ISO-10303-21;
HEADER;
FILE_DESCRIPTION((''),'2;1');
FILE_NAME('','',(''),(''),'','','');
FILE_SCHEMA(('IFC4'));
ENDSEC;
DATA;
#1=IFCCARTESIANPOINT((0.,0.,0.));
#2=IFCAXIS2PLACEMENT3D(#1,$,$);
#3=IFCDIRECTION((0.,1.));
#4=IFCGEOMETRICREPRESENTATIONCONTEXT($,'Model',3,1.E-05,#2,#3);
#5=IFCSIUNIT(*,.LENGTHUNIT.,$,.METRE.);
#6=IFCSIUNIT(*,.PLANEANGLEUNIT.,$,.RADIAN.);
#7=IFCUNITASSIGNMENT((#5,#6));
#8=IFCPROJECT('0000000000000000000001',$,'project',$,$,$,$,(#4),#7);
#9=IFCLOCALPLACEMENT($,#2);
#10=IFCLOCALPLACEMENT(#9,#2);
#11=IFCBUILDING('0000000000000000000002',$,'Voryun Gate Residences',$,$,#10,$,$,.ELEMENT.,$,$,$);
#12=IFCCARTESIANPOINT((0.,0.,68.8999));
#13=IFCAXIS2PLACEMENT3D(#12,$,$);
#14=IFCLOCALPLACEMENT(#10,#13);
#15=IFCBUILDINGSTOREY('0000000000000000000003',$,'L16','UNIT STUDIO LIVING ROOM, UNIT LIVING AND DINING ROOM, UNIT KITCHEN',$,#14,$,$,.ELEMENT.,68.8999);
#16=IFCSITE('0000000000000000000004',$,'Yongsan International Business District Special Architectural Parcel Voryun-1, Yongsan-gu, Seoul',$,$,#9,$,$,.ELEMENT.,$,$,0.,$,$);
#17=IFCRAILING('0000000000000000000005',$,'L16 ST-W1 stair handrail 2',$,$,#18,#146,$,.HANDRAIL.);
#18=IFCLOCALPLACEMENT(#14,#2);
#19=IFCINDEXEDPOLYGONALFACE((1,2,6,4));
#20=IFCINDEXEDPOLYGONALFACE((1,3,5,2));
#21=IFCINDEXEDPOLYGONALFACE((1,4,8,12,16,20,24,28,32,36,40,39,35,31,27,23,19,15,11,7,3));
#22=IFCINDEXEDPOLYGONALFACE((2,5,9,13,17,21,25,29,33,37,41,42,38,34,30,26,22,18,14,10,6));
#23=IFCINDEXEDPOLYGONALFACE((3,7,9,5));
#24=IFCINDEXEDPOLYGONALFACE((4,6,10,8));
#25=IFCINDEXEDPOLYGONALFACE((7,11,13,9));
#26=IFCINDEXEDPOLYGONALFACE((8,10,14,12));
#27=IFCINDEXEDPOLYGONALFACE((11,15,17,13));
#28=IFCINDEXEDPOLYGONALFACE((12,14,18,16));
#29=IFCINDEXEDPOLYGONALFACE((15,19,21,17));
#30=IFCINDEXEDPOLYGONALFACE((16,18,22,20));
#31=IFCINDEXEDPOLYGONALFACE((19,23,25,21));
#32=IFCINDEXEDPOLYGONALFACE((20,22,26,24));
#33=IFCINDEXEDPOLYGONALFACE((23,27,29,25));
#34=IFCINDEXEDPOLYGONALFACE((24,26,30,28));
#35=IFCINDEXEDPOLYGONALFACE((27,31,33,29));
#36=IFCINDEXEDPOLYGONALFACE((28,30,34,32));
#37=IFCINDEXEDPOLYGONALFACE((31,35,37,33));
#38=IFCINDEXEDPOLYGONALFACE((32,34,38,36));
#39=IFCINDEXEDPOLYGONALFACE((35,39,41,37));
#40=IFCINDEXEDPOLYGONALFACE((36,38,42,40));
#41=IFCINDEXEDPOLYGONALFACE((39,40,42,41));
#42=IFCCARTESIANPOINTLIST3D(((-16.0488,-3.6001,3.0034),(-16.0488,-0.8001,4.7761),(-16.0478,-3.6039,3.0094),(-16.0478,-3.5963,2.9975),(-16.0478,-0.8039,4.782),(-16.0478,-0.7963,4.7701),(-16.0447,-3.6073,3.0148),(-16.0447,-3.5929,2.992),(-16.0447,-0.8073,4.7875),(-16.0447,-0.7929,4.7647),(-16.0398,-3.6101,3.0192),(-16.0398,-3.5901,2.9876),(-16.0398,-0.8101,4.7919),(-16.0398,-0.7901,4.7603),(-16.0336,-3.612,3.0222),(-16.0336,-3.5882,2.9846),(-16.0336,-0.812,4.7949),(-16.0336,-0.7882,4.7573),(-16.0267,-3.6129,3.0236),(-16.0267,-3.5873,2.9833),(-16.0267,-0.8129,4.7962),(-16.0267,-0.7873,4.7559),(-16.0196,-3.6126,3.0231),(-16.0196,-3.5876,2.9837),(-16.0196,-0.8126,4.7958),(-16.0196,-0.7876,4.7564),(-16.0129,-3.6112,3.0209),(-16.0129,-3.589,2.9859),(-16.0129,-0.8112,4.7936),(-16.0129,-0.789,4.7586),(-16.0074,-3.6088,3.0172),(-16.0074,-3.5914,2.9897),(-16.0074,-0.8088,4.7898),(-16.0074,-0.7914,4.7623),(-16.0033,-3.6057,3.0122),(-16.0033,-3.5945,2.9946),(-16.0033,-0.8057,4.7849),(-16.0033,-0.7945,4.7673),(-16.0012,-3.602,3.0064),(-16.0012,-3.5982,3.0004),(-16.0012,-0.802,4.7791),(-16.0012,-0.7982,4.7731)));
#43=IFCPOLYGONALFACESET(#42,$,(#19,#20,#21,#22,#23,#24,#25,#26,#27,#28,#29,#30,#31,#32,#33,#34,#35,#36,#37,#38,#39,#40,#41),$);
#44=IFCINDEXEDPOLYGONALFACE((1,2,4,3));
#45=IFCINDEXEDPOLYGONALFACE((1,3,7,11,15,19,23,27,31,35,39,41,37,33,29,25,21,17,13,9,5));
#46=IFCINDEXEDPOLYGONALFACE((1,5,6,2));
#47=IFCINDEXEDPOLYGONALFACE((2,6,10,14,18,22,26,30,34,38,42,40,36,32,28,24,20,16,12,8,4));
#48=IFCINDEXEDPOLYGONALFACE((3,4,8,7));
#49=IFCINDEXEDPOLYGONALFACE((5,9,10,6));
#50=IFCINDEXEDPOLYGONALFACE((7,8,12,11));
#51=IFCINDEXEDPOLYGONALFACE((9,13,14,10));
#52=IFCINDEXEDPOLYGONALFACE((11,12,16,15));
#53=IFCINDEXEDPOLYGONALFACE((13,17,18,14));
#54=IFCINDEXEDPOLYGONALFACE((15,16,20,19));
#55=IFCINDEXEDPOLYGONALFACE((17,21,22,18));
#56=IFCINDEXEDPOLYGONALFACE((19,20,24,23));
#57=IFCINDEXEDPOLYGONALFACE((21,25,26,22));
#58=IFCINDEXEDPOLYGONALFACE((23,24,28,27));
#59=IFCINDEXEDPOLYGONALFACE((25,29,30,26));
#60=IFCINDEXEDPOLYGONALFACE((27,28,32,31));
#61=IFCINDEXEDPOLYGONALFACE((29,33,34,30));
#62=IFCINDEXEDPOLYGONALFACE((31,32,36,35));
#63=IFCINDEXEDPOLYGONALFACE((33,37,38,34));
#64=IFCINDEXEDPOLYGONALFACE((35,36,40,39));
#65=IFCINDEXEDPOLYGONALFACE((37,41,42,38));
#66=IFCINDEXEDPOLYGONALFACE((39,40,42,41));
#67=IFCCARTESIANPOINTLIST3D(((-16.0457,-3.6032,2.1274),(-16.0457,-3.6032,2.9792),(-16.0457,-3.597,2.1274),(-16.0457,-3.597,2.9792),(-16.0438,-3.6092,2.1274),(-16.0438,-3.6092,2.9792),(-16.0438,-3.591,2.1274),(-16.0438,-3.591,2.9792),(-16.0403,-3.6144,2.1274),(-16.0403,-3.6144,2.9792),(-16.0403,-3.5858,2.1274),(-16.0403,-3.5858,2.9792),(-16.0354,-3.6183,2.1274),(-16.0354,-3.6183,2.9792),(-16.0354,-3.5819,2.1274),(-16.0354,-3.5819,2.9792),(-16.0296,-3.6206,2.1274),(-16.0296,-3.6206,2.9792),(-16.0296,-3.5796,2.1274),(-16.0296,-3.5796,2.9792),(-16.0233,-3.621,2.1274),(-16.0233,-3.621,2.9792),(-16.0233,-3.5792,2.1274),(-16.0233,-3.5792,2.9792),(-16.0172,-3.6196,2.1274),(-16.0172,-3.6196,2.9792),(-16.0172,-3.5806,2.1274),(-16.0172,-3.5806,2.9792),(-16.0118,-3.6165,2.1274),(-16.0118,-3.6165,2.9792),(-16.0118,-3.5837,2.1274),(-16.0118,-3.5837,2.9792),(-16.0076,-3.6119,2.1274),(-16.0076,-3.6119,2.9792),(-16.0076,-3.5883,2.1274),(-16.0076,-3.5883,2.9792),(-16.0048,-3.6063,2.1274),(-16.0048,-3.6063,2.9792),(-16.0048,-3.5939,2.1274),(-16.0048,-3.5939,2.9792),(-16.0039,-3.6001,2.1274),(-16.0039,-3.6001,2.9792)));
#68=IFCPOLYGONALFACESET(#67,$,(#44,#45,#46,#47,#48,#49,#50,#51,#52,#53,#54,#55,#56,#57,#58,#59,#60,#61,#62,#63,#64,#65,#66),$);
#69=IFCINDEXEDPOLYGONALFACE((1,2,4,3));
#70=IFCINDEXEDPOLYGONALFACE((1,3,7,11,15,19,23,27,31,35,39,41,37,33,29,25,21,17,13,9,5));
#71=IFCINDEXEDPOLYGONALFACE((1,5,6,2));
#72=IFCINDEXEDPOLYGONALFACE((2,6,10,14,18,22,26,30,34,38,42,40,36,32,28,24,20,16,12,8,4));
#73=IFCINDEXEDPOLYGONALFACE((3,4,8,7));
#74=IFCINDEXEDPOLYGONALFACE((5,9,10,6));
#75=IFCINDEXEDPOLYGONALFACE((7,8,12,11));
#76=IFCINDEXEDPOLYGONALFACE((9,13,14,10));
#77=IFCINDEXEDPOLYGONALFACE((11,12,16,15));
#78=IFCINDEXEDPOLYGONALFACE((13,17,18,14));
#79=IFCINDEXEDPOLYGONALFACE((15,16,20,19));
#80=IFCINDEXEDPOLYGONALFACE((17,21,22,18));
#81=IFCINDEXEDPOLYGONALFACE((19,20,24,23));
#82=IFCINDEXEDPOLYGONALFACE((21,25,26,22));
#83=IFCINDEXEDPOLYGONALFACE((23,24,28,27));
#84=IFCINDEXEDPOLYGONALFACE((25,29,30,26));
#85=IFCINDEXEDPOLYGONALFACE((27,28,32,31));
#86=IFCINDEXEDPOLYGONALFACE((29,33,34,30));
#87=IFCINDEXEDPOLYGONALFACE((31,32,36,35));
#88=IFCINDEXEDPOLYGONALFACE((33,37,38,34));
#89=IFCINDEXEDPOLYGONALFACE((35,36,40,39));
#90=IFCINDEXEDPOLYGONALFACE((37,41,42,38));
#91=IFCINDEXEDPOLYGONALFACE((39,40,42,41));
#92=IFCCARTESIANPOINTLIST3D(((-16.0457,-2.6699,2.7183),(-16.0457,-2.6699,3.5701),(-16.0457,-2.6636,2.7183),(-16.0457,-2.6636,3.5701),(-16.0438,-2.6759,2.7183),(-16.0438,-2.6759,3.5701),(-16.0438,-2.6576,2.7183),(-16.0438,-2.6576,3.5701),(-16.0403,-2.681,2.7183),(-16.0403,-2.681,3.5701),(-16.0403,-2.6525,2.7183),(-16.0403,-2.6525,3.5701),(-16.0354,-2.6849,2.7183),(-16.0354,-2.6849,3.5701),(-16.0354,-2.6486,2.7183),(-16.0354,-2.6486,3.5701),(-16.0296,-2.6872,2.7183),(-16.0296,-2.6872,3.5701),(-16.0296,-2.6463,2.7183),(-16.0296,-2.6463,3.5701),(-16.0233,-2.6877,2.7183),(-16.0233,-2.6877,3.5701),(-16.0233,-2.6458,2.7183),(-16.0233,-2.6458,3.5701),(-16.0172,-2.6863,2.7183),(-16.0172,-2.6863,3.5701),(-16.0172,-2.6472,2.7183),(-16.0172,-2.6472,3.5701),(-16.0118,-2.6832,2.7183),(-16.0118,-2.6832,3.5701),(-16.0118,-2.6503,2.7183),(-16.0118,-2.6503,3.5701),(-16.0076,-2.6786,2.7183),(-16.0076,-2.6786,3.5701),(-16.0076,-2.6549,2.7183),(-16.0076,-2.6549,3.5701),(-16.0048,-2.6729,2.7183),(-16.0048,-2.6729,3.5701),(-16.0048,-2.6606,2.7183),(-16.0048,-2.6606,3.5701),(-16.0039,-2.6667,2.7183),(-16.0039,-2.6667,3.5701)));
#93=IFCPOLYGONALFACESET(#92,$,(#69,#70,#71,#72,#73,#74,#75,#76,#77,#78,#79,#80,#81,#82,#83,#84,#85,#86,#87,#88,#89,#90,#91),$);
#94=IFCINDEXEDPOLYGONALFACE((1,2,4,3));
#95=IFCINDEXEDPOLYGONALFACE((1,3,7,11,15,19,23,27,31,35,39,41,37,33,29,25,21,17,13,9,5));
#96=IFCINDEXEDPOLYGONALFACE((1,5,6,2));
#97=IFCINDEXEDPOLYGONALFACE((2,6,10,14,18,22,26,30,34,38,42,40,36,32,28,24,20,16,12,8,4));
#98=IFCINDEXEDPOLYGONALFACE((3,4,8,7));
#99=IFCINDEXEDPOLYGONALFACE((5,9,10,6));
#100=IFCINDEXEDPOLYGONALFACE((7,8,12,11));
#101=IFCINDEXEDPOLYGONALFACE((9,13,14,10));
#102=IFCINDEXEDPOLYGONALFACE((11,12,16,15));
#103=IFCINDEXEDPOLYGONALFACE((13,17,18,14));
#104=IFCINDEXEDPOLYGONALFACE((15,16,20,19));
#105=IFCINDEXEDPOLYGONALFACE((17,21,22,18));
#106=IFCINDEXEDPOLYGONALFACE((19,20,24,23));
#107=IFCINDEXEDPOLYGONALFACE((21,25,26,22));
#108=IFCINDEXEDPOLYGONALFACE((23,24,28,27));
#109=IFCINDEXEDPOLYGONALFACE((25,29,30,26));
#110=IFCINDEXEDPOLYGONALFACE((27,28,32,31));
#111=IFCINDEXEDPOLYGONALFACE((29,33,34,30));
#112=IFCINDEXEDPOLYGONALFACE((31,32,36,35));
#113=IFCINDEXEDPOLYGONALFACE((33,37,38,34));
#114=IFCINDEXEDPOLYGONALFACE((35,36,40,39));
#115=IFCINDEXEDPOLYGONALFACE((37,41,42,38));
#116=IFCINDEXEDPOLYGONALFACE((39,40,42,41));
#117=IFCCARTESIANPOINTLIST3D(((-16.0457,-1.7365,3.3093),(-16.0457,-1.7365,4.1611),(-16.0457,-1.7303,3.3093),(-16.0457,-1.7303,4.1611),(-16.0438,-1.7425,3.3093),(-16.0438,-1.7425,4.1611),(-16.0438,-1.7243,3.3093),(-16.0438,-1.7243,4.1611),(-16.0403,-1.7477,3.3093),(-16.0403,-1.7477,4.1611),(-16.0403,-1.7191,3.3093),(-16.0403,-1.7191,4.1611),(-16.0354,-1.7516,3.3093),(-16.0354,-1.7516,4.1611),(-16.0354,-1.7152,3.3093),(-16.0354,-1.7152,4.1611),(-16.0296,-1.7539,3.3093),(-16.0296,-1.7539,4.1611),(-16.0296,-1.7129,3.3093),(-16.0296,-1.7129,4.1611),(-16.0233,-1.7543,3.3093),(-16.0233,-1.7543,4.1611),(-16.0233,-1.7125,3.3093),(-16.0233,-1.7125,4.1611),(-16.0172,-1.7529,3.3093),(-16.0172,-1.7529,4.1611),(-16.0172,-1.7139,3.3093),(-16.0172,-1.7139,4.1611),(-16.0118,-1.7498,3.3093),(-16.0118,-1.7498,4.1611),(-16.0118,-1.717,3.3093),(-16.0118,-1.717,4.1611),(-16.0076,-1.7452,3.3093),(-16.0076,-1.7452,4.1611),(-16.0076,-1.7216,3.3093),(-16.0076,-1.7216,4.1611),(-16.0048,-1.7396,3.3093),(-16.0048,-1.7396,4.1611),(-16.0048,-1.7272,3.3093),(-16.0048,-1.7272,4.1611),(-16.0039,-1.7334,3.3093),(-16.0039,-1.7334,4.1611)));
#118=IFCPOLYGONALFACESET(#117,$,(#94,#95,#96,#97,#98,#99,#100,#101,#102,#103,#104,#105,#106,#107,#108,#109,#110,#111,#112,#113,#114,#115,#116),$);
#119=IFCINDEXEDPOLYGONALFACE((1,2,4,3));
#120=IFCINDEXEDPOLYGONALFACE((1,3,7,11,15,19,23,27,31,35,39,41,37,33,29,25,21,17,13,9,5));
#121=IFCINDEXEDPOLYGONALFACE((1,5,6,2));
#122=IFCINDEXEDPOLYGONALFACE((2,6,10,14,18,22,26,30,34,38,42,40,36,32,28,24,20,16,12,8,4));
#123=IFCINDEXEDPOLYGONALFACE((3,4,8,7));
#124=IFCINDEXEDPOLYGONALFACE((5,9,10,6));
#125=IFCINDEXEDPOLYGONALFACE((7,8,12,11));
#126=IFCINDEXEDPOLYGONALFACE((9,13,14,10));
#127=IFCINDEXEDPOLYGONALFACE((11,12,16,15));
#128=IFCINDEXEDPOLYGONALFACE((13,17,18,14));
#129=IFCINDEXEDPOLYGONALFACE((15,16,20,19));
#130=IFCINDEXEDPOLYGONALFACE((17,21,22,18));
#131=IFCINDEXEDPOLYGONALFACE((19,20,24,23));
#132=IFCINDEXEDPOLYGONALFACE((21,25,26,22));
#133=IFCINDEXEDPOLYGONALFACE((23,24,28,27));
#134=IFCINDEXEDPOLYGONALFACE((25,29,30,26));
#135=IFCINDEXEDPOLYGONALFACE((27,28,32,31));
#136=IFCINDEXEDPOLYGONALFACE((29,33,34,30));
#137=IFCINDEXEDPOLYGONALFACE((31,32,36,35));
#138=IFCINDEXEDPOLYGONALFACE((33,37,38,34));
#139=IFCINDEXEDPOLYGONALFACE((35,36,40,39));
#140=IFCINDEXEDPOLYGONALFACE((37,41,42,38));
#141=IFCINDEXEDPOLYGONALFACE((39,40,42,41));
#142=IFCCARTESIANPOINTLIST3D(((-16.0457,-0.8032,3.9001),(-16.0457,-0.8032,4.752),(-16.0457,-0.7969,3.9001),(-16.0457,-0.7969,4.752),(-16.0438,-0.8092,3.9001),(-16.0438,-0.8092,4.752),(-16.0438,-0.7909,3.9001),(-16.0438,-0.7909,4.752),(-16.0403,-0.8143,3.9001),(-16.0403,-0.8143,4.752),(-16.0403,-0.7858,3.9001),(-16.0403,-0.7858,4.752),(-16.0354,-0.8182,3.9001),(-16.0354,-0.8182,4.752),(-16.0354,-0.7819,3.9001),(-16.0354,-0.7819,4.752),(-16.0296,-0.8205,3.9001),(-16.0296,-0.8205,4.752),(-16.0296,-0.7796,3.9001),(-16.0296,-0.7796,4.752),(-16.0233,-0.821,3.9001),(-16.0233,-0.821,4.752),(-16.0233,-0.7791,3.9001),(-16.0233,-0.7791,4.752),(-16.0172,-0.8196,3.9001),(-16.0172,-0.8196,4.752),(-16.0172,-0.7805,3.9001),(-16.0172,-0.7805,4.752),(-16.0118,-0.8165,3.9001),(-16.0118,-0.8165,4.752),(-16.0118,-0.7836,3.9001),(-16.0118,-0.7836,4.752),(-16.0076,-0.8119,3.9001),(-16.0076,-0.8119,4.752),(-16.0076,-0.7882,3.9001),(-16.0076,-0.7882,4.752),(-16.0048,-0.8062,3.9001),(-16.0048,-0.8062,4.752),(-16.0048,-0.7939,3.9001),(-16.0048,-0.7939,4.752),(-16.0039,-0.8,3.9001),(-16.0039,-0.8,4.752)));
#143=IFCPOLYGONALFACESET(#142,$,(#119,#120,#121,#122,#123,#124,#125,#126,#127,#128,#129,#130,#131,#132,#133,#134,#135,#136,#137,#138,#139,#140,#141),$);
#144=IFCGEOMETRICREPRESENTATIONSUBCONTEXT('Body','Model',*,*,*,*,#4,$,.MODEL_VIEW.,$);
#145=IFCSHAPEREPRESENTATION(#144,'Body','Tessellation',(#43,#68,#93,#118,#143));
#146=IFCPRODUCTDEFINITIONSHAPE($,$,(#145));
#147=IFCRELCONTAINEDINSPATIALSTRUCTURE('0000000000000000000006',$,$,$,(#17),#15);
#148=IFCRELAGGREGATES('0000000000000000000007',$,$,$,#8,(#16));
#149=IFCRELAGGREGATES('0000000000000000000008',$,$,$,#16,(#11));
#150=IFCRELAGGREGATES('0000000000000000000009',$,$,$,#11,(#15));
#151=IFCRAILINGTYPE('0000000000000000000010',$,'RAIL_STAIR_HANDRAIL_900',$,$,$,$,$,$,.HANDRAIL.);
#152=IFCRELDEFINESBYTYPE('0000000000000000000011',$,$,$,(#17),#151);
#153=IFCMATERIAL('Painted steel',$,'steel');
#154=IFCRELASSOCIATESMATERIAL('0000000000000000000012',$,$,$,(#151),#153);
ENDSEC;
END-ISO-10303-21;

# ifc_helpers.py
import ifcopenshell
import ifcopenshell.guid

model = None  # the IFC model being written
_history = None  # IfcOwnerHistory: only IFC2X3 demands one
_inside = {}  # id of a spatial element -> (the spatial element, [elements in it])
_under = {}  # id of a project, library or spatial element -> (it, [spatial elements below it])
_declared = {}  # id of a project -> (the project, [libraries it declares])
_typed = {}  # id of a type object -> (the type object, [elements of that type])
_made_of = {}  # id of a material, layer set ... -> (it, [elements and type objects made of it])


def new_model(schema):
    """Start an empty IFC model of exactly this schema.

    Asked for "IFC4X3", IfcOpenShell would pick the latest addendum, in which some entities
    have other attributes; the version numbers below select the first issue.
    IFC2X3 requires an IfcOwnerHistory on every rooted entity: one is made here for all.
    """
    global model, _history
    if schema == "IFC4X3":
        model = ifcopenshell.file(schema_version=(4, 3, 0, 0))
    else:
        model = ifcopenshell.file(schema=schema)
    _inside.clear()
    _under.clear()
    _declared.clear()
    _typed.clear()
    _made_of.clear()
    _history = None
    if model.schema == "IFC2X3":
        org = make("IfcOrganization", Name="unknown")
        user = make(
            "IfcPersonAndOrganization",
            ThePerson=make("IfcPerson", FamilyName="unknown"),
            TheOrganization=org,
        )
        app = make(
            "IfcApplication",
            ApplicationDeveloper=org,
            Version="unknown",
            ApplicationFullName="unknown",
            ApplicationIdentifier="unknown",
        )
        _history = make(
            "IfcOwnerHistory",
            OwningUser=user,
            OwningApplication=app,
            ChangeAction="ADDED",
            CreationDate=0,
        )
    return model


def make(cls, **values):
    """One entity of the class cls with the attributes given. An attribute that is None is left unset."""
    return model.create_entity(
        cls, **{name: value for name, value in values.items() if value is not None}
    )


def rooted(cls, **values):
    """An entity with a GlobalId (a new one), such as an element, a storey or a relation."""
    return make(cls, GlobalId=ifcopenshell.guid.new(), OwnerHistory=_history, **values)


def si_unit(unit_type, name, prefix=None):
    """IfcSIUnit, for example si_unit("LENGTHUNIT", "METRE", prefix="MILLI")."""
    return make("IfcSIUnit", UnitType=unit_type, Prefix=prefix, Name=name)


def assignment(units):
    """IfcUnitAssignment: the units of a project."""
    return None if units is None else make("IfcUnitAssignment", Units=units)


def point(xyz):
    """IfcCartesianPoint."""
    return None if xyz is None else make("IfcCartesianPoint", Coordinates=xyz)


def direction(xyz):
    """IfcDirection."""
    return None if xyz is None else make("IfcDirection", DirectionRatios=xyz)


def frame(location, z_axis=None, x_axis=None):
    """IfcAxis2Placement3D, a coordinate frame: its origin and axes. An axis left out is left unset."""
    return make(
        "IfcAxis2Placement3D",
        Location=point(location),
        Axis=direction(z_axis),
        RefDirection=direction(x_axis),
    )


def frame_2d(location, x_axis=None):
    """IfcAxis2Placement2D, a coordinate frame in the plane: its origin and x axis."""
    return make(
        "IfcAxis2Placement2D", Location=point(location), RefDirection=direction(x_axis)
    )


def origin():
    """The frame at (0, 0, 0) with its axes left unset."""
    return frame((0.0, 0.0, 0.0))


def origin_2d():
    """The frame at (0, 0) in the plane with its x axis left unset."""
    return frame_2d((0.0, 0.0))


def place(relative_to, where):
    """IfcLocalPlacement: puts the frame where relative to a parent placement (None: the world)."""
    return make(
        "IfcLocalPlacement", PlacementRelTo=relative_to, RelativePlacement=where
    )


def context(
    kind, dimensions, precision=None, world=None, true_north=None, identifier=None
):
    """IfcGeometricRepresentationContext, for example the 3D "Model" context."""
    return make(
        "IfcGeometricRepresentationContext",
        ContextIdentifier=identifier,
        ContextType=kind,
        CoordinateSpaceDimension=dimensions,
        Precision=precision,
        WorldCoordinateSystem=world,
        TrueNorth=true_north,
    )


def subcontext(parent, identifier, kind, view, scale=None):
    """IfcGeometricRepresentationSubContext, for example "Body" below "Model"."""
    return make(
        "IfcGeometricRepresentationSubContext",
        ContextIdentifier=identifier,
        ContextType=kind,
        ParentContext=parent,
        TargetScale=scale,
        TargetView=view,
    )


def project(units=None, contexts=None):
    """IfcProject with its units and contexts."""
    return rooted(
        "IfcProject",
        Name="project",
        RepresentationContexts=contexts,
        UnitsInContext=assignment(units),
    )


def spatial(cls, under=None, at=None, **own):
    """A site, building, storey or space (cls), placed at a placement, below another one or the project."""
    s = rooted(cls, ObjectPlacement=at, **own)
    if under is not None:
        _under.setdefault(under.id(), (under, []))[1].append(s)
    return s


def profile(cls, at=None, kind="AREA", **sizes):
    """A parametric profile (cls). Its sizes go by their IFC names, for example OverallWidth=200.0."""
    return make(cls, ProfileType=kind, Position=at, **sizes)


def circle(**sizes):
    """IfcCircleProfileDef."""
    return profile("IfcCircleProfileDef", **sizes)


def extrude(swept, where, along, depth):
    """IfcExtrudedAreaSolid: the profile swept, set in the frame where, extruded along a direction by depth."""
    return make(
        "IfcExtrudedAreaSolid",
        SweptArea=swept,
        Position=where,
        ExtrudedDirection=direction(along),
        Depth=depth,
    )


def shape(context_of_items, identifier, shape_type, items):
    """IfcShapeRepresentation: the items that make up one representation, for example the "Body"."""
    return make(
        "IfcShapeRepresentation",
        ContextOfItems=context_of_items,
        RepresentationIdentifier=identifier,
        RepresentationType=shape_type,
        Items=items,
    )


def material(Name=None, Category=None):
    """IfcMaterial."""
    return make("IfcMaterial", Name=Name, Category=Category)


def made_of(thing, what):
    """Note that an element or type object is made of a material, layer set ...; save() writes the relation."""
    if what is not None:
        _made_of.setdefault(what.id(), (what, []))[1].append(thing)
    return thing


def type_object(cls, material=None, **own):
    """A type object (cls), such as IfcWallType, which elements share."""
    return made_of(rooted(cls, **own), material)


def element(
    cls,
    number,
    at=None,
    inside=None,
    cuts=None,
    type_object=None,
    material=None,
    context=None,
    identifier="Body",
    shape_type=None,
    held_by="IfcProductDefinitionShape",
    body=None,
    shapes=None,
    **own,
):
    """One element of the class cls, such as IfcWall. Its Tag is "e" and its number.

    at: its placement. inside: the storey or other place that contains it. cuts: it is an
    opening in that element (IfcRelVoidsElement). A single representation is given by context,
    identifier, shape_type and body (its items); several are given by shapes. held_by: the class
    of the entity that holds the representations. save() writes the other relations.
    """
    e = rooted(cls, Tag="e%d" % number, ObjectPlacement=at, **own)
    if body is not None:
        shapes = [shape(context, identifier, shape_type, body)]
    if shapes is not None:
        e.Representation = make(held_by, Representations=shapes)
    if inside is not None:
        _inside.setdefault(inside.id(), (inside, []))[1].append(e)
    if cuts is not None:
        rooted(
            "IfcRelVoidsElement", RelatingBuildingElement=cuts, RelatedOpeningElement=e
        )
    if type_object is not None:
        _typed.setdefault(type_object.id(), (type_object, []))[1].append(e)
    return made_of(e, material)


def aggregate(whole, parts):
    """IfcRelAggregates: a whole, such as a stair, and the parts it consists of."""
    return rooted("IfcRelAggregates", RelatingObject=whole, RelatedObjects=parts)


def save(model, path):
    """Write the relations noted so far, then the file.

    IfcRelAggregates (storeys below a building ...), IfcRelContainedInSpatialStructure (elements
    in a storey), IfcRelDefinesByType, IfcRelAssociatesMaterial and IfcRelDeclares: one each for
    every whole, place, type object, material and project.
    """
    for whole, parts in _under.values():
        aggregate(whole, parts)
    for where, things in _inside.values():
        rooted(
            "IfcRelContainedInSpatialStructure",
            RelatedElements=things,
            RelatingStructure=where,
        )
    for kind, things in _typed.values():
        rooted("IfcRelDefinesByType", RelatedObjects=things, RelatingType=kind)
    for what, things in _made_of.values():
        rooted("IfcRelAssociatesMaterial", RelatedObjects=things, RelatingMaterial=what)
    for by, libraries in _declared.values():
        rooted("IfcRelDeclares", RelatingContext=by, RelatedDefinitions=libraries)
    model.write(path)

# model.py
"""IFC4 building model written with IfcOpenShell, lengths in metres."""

from ifc_helpers import new_model, si_unit, direction, frame, origin, origin_2d, place, context, subcontext, project, spatial, circle, extrude, material, type_object, element, save


model = new_model("IFC4")

# Units and contexts
model_context = context("Model", 3, precision=1e-05, world=origin(), true_north=direction((0.0, 1.0)))
body_context = subcontext(model_context, "Body", "Model", "MODEL_VIEW")
ifc_project = project(units=[si_unit("LENGTHUNIT", "METRE"), si_unit("PLANEANGLEUNIT", "RADIAN")], contexts=[model_context])

# Site, building, storey
site_placement = place(None, origin())
site = spatial("IfcSite", under=ifc_project, at=site_placement, Name="Yongsan International Business District Special Architectural Parcel Voryun-1, Yongsan-gu, Seoul", CompositionType="ELEMENT", RefElevation=0.0)
building_placement = place(site_placement, origin())
building = spatial("IfcBuilding", under=site, at=building_placement, Name="Voryun Gate Residences", CompositionType="ELEMENT")
storey_placement = place(building_placement, frame((0.0, 0.0, 68.8999)))
storey = spatial("IfcBuildingStorey", under=building, at=storey_placement, Name="L16", Description="UNIT STUDIO LIVING ROOM, UNIT LIVING AND DINING ROOM, UNIT KITCHEN", CompositionType="ELEMENT", Elevation=68.8999)

# Railing
ifc_material_1 = material(Name="Painted steel", Category="steel")
railing_type_1 = type_object("IfcRailingType", Name="RAIL_STAIR_HANDRAIL_900", PredefinedType="HANDRAIL", material=ifc_material_1)
railing_1_placement = place(storey_placement, frame((-16.0249, -3.6001, 2.1274)))
element("IfcRailing", 1, at=railing_1_placement, inside=storey, type_object=railing_type_1, Name="L16 ST-W1 stair handrail 2", PredefinedType="HANDRAIL", context=body_context, shape_type="SweptSolid", body=[
    extrude(circle(Radius=0.0239, at=origin_2d()), frame((0.0, 0.0, 0.876), z_axis=(0.0, 0.844909, 0.53491), x_axis=(-1.0, 0.0, 0.0)), (0.0, 0.0, 1.0), 3.314),
    extrude(circle(Radius=0.021, at=origin_2d()), origin(), (0.0, 0.0, 1.0), 0.8518),
    extrude(circle(Radius=0.021, at=origin_2d()), frame((0.0, 0.9333, 0.5908)), (0.0, 0.0, 1.0), 0.8518),
    extrude(circle(Radius=0.021, at=origin_2d()), frame((0.0, 1.8667, 1.1819)), (0.0, 0.0, 1.0), 0.8518),
    extrude(circle(Radius=0.021, at=origin_2d()), frame((0.0, 2.8, 1.7727)), (0.0, 0.0, 1.0), 0.8518),
])

save(model, "model.ifc")
